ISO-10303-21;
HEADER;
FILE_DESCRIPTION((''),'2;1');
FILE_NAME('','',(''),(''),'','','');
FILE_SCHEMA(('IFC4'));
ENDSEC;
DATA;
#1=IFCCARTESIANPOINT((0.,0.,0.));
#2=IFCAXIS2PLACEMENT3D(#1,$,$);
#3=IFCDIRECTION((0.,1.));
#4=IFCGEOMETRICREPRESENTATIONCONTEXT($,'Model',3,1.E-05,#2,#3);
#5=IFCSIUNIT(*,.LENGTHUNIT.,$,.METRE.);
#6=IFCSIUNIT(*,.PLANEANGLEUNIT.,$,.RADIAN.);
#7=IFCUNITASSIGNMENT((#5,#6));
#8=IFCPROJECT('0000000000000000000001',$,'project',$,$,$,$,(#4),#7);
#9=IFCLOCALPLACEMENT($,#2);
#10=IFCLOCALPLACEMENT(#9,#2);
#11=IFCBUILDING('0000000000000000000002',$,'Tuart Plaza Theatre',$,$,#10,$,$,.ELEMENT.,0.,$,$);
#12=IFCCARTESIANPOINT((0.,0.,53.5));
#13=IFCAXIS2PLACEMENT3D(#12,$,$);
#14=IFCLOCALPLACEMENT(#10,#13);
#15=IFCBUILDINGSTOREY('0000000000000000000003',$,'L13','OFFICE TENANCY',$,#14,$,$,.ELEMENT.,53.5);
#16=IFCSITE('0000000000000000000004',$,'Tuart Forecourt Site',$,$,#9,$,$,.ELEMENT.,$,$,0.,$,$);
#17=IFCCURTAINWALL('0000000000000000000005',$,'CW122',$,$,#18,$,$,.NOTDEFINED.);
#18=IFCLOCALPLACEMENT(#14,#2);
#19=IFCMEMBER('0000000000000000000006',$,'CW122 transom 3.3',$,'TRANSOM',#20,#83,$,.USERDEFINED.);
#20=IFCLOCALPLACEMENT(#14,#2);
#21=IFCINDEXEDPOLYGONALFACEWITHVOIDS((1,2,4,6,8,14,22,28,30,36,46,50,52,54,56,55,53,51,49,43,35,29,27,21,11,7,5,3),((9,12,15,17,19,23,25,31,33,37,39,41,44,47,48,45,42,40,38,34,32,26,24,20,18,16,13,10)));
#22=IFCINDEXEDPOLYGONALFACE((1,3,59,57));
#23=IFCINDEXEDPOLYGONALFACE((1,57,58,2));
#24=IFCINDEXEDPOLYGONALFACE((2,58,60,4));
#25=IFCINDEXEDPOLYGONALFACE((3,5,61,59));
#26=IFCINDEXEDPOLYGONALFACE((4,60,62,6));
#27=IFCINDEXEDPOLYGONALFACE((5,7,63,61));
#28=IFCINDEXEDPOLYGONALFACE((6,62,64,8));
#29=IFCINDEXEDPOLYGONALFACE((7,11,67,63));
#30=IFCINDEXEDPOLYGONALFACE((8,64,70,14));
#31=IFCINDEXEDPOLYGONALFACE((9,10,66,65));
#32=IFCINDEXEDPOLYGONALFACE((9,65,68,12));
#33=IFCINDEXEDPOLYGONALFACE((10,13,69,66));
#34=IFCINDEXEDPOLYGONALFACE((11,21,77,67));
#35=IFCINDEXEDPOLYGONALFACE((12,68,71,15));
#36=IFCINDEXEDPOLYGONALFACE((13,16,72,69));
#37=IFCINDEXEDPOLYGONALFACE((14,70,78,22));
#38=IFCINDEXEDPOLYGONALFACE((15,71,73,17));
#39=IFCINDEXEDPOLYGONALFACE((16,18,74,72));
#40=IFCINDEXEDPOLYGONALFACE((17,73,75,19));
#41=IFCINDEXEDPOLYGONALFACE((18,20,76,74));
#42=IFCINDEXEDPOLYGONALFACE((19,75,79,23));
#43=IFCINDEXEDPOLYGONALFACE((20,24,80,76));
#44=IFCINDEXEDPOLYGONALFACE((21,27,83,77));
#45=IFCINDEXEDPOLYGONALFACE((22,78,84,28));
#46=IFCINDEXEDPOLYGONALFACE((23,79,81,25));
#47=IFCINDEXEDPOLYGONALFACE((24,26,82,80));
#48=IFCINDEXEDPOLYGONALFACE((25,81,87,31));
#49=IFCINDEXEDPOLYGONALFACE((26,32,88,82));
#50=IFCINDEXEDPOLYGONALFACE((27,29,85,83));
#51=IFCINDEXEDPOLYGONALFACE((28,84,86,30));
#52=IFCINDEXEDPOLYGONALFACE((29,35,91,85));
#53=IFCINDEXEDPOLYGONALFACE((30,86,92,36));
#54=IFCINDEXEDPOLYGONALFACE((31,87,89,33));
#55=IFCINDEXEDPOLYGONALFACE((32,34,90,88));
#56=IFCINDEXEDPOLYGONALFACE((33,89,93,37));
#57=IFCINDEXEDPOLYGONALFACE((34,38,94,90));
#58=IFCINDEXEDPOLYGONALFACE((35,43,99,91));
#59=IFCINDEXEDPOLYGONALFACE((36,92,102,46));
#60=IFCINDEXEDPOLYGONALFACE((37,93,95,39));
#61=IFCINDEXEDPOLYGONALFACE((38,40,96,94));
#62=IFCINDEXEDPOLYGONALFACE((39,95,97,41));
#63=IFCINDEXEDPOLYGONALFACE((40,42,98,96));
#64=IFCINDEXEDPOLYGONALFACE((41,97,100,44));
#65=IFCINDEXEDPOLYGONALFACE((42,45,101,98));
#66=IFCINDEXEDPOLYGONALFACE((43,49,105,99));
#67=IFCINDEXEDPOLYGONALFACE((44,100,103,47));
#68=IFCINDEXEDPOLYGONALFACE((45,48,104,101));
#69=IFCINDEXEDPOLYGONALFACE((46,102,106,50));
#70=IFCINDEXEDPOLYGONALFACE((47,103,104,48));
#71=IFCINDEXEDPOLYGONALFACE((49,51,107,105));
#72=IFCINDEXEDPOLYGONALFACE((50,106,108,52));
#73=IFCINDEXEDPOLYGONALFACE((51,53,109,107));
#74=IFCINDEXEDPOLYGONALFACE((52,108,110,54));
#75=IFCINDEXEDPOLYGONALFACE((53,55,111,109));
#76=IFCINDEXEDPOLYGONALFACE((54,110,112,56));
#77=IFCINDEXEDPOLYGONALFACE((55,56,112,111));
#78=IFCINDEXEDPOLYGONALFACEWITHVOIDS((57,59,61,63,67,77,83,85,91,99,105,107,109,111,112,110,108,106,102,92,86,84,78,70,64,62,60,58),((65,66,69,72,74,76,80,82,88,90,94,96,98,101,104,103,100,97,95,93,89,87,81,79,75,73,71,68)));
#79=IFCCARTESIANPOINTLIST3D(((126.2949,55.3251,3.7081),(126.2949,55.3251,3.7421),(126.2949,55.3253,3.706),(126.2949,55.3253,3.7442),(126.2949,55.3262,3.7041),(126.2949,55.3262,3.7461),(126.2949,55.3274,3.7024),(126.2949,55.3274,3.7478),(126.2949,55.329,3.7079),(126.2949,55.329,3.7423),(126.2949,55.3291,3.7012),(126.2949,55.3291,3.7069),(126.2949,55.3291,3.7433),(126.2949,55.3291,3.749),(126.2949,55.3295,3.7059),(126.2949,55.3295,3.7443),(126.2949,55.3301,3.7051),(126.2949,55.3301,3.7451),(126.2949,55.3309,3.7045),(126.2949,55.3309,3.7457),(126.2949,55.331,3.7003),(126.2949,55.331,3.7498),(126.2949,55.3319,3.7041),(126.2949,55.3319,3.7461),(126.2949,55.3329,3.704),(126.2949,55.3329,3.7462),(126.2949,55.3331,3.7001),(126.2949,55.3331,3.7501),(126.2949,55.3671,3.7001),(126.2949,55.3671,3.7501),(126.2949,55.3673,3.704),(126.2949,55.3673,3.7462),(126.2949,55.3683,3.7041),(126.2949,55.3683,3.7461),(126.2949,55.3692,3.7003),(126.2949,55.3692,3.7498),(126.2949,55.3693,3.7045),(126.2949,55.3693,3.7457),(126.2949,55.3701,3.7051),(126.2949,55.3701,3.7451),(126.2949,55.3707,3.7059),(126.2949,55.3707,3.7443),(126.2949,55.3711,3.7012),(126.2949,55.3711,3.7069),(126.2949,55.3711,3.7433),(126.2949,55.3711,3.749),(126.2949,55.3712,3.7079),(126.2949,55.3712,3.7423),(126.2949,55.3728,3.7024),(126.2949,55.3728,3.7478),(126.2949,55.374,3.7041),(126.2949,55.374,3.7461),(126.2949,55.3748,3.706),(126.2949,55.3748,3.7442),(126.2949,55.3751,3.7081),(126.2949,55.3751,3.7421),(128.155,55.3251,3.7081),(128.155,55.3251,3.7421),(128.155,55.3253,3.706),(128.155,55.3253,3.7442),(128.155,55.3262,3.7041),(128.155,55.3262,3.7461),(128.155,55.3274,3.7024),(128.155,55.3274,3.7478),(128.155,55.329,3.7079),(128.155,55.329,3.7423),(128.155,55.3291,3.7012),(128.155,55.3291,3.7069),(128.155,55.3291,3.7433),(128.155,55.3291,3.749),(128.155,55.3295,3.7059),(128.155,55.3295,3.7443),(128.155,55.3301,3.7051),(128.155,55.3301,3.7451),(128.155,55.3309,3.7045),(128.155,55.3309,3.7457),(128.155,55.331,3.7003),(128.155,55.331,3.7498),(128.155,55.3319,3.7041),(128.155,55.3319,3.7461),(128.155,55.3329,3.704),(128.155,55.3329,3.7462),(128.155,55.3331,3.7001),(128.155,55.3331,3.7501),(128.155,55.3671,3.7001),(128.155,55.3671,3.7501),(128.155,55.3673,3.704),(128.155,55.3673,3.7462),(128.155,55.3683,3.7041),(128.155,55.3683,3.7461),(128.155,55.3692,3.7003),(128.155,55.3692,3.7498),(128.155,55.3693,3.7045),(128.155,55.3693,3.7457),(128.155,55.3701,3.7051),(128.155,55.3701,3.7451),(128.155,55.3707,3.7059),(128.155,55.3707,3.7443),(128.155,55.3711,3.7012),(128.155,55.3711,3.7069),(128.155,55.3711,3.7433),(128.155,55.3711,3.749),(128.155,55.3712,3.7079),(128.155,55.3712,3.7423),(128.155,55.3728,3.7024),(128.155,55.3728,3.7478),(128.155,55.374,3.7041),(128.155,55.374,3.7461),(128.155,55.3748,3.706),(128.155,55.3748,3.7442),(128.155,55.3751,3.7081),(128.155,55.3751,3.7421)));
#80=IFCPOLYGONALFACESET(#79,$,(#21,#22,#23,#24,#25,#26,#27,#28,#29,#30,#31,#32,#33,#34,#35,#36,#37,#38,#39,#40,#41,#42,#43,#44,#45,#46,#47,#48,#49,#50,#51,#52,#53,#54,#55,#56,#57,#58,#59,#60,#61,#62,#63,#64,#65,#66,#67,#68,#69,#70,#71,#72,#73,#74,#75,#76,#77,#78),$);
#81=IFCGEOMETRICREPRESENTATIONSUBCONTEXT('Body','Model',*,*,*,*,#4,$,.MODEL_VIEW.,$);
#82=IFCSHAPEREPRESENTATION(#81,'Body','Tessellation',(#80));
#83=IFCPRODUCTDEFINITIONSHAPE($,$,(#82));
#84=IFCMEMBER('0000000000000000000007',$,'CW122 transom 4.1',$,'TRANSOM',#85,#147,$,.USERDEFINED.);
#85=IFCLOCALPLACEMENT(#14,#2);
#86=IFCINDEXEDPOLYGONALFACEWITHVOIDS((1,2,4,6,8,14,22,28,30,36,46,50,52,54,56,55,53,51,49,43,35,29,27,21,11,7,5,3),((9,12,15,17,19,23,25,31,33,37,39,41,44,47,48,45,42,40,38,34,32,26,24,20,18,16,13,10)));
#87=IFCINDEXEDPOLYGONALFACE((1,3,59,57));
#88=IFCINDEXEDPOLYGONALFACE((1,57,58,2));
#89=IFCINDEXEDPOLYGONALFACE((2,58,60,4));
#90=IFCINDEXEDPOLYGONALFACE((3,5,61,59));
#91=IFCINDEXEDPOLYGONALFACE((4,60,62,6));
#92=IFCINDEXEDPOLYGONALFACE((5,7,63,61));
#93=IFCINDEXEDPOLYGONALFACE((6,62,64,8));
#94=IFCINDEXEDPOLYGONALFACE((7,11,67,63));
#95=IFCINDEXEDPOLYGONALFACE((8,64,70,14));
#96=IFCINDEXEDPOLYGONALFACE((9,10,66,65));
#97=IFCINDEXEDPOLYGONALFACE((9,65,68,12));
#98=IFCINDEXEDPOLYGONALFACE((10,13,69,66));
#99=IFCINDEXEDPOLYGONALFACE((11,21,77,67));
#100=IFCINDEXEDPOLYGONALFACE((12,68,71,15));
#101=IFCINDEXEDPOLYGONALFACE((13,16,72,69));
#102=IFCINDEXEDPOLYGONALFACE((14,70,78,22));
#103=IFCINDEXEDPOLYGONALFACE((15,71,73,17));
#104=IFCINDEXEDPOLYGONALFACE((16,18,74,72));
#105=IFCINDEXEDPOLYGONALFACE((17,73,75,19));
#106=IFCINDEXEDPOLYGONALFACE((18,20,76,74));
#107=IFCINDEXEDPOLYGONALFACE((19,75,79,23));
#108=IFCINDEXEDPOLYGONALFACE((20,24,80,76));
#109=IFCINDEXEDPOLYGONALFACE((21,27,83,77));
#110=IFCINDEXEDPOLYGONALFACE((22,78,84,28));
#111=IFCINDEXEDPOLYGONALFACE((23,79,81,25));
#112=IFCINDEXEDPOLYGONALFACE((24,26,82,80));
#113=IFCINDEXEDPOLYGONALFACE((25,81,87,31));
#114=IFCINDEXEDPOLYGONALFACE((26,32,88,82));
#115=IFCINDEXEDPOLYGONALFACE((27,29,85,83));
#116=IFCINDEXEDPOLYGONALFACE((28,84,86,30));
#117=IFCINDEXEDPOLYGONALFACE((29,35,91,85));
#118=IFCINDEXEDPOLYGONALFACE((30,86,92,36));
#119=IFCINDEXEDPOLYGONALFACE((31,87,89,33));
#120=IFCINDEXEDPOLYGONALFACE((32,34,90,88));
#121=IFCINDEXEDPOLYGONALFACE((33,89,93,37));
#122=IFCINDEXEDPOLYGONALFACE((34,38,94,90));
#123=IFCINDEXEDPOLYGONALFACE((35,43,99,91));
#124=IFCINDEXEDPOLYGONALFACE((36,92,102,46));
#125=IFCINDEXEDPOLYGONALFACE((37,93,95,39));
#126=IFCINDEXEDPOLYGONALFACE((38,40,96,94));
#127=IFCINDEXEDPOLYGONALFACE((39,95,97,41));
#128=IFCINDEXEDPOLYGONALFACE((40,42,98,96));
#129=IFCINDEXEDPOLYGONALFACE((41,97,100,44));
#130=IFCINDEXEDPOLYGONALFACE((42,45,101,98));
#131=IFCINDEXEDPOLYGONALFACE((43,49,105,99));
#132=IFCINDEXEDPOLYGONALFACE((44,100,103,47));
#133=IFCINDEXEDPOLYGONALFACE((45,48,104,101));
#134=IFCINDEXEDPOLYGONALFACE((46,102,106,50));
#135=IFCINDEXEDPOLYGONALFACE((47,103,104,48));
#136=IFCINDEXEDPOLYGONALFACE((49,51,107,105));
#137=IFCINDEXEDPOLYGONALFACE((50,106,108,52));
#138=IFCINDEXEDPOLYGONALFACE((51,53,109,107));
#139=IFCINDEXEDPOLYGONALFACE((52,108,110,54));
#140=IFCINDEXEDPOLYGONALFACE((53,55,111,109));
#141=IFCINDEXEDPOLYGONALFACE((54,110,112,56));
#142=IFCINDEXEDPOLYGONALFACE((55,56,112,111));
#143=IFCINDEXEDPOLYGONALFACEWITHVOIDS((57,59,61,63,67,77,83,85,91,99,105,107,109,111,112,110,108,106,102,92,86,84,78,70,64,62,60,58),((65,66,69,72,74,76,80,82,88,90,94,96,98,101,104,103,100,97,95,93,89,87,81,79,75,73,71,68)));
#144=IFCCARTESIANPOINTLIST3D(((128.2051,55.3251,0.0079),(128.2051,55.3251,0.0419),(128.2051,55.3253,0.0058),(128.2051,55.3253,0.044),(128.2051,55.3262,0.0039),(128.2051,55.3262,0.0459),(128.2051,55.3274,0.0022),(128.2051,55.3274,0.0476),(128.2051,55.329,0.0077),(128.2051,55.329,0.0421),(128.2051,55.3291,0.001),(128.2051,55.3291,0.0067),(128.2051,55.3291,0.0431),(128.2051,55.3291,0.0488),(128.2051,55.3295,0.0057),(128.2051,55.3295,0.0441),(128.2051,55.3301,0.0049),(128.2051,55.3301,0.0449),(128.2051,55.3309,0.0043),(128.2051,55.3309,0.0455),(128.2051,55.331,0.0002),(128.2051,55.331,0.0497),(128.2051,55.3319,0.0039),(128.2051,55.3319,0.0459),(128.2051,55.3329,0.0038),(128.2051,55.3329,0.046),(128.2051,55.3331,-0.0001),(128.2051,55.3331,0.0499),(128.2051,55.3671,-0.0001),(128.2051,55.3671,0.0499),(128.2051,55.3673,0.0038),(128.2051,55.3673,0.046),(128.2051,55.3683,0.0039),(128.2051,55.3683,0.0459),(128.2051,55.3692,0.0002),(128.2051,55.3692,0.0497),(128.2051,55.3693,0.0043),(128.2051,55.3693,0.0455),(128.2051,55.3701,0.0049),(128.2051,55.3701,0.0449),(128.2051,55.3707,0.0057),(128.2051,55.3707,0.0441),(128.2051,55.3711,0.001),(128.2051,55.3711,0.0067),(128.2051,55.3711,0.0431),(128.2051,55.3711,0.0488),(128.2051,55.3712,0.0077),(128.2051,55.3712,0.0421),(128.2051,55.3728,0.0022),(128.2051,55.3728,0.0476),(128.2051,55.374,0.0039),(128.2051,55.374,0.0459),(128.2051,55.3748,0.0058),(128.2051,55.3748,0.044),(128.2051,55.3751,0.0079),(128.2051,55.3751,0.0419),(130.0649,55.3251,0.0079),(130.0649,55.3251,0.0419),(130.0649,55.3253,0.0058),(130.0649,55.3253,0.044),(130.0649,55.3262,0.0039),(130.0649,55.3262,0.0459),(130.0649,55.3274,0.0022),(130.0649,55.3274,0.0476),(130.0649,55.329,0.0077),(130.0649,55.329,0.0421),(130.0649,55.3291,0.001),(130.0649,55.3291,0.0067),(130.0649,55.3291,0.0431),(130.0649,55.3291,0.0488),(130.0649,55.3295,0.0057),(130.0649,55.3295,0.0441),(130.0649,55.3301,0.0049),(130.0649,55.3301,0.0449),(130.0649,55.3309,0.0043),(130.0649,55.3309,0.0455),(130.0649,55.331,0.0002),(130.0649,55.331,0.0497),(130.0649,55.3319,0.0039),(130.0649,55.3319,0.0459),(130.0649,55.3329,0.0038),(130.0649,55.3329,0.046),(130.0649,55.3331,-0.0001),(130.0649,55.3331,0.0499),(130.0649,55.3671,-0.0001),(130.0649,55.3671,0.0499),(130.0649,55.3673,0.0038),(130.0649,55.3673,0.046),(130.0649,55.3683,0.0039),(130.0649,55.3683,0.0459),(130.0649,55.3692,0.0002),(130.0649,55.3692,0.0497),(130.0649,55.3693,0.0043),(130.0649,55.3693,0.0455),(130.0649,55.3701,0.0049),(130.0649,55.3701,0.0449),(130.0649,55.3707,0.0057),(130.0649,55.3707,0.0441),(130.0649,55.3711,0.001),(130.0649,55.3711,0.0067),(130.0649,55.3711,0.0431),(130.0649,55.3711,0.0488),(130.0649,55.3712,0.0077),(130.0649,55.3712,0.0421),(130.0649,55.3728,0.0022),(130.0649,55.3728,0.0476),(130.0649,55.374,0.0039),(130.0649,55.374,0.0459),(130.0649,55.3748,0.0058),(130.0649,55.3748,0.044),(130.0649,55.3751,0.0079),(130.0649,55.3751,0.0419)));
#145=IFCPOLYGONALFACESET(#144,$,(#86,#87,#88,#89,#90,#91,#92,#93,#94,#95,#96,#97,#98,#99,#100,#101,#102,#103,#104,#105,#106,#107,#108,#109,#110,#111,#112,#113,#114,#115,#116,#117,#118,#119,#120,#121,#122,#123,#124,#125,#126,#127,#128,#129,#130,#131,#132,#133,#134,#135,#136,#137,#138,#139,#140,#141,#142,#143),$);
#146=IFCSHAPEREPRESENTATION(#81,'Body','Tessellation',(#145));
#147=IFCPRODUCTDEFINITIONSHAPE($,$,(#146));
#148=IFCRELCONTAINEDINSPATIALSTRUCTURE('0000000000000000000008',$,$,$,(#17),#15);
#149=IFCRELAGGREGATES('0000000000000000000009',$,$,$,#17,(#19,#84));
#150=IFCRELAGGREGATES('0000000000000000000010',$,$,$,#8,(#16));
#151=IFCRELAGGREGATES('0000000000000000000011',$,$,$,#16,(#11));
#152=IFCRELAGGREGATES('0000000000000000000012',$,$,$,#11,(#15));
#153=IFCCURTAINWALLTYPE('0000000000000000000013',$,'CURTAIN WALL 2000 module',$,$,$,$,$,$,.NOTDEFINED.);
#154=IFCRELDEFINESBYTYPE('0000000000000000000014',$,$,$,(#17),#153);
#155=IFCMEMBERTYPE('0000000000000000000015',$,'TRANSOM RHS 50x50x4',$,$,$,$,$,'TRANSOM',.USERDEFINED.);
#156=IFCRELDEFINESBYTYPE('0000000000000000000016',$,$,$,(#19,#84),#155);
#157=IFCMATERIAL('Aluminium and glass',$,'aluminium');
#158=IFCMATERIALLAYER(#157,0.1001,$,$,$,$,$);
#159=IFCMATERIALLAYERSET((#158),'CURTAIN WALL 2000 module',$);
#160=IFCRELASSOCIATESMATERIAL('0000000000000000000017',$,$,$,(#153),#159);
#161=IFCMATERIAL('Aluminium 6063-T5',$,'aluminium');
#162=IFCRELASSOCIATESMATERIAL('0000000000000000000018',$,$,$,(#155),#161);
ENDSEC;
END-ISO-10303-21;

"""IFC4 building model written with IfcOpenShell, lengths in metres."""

from ifc_helpers import new_model, si_unit, direction, frame, origin, origin_2d, place, context, subcontext, project, spatial, hollow_rectangle, extrude, material, layer, layer_set, material_profile, profile_set, type_object, element, aggregate, save


model = new_model("IFC4")

# Units and contexts
model_context = context("Model", 3, precision=1e-05, world=origin(), true_north=direction((0.0, 1.0)))
body_context = subcontext(model_context, "Body", "Model", "MODEL_VIEW")
ifc_project = project(units=[si_unit("LENGTHUNIT", "METRE"), si_unit("PLANEANGLEUNIT", "RADIAN")], contexts=[model_context])

# Site, building, storey
site_placement = place(None, origin())
site = spatial("IfcSite", under=ifc_project, at=site_placement, Name="Tuart Forecourt Site", CompositionType="ELEMENT", RefElevation=0.0)
building_placement = place(site_placement, origin())
building = spatial("IfcBuilding", under=site, at=building_placement, Name="Tuart Plaza Theatre", CompositionType="ELEMENT", ElevationOfRefHeight=0.0)
storey_placement = place(building_placement, frame((0.0, 0.0, 53.5)))
storey = spatial("IfcBuildingStorey", under=building, at=storey_placement, Name="L13", Description="OFFICE TENANCY", CompositionType="ELEMENT", Elevation=53.5)

# Curtain wall, members
ifc_material_1 = material(Name="Aluminium and glass", Category="aluminium")
ifc_layer_1 = layer(ifc_material_1, 0.1001)
ifc_layer_set_1 = layer_set([ifc_layer_1], Name="CURTAIN WALL 2000 module")
curtain_wall_type = type_object("IfcCurtainWallType", Name="CURTAIN WALL 2000 module", PredefinedType="NOTDEFINED", material=ifc_layer_set_1)
curtain_wall_placement = place(storey_placement, origin())
curtain_wall = element("IfcCurtainWall", 1, at=curtain_wall_placement, inside=storey, type_object=curtain_wall_type, Name="CW122", PredefinedType="NOTDEFINED")
ifc_material_2 = material(Name="Aluminium 6063-T5", Category="aluminium")
ifc_material_profile_1 = material_profile(ifc_material_2, hollow_rectangle(XDim=0.05, YDim=0.05, WallThickness=0.0039, InnerFilletRadius=0.0039, OuterFilletRadius=0.0081, at=origin_2d()), Name="RHS 50x50x4")
ifc_profile_set_1 = profile_set([ifc_material_profile_1], Name="Aluminium 6063-T5")
member_type_1 = type_object("IfcMemberType", Name="TRANSOM RHS 50x50x4", ElementType="TRANSOM", PredefinedType="USERDEFINED", material=ifc_profile_set_1)
member_1_placement = place(storey_placement, frame((126.2949, 55.3501, 3.7251), z_axis=(1.0, 0.0, 0.0), x_axis=(0.0, 1.0, 0.0)))
member_1 = element("IfcMember", 2, at=member_1_placement, type_object=member_type_1, Name="CW122 transom 3.3", ObjectType="TRANSOM", PredefinedType="USERDEFINED", context=body_context, shape_type="SweptSolid", body=[
    extrude(hollow_rectangle(XDim=0.05, YDim=0.05, WallThickness=0.0039, InnerFilletRadius=0.0039, OuterFilletRadius=0.0081, at=origin_2d()), origin(), (0.0, 0.0, 1.0), 1.8601),
])
member_2_placement = place(storey_placement, frame((128.2051, 55.3501, 0.0249), z_axis=(1.0, 0.0, 0.0), x_axis=(0.0, 1.0, 0.0)))
member_2 = element("IfcMember", 3, at=member_2_placement, type_object=member_type_1, Name="CW122 transom 4.1", ObjectType="TRANSOM", PredefinedType="USERDEFINED", context=body_context, shape_type="SweptSolid", body=[
    extrude(hollow_rectangle(XDim=0.05, YDim=0.05, WallThickness=0.0039, InnerFilletRadius=0.0039, OuterFilletRadius=0.0081, at=origin_2d()), origin(), (0.0, 0.0, 1.0), 1.8599),
])
aggregate(curtain_wall, [member_1, member_2])

save(model, "model.ifc")
